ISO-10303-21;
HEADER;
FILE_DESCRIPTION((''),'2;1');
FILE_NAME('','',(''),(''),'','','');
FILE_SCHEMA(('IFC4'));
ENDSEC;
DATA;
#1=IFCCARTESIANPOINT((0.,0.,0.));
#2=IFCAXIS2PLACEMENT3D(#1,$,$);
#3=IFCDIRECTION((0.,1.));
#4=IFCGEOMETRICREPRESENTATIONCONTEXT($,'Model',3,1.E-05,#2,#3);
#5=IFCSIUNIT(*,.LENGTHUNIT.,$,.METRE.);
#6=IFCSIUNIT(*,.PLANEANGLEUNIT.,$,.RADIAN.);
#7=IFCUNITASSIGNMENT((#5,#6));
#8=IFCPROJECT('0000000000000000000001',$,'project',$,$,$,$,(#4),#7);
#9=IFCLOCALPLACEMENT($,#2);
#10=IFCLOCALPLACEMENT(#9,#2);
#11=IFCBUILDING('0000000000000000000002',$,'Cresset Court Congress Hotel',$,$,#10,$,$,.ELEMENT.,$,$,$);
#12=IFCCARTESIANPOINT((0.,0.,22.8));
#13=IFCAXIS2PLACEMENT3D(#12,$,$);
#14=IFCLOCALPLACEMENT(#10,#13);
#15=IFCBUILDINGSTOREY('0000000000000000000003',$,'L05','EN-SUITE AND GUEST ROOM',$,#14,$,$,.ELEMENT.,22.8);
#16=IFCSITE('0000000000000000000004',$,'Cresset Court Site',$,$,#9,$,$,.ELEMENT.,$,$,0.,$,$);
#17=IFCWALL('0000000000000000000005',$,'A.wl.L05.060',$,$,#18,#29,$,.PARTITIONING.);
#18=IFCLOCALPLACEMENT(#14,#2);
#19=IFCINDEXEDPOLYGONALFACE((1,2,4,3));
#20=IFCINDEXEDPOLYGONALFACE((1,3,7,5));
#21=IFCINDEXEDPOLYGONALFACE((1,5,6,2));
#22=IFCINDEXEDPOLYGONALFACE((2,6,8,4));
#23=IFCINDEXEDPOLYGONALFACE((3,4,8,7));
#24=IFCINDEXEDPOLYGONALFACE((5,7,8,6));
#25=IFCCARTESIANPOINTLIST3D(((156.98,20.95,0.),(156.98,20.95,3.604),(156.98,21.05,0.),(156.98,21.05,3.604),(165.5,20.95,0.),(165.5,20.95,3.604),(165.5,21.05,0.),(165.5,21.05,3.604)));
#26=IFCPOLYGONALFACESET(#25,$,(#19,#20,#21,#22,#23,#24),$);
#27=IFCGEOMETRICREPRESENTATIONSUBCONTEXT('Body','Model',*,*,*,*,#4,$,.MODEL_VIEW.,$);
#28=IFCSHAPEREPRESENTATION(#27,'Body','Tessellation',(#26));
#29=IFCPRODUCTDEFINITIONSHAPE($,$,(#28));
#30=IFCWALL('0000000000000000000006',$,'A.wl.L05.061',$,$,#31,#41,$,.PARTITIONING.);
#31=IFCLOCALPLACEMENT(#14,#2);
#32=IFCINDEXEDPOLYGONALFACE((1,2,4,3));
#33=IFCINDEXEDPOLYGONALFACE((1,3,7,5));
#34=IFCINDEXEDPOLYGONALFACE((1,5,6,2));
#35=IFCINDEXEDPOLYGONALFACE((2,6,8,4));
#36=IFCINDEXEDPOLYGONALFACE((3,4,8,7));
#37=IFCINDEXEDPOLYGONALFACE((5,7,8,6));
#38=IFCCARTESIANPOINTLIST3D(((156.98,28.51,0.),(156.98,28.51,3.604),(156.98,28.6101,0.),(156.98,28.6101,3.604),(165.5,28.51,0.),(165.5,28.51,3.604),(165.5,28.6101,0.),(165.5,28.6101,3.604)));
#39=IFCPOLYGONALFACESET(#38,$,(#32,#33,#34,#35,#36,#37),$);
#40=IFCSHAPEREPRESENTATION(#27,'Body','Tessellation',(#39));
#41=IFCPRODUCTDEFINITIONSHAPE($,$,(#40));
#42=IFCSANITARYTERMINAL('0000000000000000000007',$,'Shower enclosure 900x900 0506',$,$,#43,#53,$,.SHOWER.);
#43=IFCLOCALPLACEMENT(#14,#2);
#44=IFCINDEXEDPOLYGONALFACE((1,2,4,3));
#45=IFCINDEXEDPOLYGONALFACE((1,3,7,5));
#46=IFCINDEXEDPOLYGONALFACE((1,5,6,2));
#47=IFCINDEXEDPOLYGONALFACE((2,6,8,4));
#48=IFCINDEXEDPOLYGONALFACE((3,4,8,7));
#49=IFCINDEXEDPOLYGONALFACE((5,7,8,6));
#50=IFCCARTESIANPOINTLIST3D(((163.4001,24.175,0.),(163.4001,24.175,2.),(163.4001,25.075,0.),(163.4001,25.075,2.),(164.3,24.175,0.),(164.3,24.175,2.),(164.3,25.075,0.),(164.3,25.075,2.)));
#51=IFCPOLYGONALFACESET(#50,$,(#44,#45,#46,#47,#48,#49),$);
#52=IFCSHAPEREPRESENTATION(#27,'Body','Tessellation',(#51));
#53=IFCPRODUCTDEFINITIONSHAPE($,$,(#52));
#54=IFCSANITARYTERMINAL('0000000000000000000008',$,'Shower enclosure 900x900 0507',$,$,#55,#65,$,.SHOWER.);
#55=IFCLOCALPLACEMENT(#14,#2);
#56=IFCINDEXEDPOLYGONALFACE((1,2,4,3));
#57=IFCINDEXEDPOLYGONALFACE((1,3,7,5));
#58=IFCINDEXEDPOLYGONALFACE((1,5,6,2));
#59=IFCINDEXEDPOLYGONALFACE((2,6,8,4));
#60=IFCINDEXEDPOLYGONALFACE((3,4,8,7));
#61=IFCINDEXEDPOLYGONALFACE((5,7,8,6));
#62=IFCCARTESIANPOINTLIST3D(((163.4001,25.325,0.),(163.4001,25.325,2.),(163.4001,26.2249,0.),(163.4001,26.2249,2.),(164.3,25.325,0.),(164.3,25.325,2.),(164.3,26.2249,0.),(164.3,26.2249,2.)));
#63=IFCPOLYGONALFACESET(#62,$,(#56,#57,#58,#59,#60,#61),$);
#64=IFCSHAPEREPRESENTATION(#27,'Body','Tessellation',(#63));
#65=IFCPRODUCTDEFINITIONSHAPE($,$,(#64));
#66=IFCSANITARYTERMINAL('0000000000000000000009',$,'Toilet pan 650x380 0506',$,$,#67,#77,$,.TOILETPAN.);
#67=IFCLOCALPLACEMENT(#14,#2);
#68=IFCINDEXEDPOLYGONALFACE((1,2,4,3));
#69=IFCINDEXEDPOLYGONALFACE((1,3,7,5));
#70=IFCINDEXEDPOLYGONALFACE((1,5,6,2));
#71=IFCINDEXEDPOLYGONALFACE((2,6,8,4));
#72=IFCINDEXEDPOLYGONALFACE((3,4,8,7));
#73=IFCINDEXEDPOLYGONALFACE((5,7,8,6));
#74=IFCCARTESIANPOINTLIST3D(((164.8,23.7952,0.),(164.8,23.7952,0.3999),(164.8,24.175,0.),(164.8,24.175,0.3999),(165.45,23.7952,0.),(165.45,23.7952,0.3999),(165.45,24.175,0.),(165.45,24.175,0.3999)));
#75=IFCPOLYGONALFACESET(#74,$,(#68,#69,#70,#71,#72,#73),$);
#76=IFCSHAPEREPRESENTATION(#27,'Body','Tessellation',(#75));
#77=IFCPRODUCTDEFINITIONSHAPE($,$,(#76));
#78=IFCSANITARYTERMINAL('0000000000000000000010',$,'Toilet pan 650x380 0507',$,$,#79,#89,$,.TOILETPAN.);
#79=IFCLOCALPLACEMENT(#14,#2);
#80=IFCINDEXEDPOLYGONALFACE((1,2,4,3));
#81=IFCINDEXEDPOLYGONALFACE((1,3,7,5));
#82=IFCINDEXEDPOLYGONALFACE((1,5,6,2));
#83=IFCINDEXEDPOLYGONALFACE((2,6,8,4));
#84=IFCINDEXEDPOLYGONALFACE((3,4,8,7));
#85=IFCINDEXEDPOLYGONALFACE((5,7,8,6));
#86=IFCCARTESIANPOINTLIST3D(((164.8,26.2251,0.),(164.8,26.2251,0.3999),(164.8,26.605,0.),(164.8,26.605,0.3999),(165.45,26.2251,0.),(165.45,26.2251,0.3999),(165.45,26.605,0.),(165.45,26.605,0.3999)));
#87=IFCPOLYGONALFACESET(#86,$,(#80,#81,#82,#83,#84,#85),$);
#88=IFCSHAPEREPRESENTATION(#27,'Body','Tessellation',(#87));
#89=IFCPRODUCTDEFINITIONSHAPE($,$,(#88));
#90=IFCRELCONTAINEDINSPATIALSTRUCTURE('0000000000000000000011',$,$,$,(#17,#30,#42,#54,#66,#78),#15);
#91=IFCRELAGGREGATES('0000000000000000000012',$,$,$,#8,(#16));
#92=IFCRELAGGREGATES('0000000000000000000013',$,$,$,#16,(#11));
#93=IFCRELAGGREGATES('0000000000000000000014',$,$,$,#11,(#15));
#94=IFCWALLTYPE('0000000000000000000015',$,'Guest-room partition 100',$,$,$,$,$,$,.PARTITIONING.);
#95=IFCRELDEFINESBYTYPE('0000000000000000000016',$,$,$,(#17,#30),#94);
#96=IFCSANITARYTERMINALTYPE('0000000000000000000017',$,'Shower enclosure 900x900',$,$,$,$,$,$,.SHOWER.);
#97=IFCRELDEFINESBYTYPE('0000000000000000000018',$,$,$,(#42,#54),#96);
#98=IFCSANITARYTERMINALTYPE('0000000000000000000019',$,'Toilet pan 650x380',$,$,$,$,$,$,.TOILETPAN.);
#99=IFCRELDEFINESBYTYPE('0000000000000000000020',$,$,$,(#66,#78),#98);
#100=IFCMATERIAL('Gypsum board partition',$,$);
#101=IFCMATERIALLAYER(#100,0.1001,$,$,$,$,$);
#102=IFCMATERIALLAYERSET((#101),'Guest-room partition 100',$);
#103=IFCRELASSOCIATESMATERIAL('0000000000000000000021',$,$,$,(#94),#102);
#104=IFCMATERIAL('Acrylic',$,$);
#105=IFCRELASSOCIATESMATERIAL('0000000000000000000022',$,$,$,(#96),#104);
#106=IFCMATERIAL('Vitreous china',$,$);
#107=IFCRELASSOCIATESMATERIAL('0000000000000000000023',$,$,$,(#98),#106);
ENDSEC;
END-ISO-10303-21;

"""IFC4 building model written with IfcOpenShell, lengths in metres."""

from ifc_helpers import new_model, si_unit, direction, frame, frame_2d, origin, origin_2d, place, context, subcontext, project, spatial, rectangle, extrude, material, layer, layer_set, type_object, element, save


model = new_model("IFC4")

# Units and contexts
model_context = context("Model", 3, precision=1e-05, world=origin(), true_north=direction((0.0, 1.0)))
body_context = subcontext(model_context, "Body", "Model", "MODEL_VIEW")
ifc_project = project(units=[si_unit("LENGTHUNIT", "METRE"), si_unit("PLANEANGLEUNIT", "RADIAN")], contexts=[model_context])

# Site, building, storey
site_placement = place(None, origin())
site = spatial("IfcSite", under=ifc_project, at=site_placement, Name="Cresset Court Site", CompositionType="ELEMENT", RefElevation=0.0)
building_placement = place(site_placement, origin())
building = spatial("IfcBuilding", under=site, at=building_placement, Name="Cresset Court Congress Hotel", CompositionType="ELEMENT")
storey_placement = place(building_placement, frame((0.0, 0.0, 22.8)))
storey = spatial("IfcBuildingStorey", under=building, at=storey_placement, Name="L05", Description="EN-SUITE AND GUEST ROOM", CompositionType="ELEMENT", Elevation=22.8)

# Walls
ifc_material_1 = material(Name="Gypsum board partition")
ifc_layer_1 = layer(ifc_material_1, 0.1001)
ifc_layer_set_1 = layer_set([ifc_layer_1], Name="Guest-room partition 100")
wall_type_1 = type_object("IfcWallType", Name="Guest-room partition 100", PredefinedType="PARTITIONING", material=ifc_layer_set_1)
for number, where, z_axis, x_axis, name in (
    (1, (156.98, 21.0, 0.0), (0.0, 0.0, 1.0), (1.0, 0.0, 0.0), "A.wl.L05.060"),
    (2, (156.98, 28.5601, 0.0), (0.0, 0.0, 1.0), (1.0, 0.0, 0.0), "A.wl.L05.061"),
):
    element("IfcWall", number, at=place(storey_placement, frame(where, z_axis=z_axis, x_axis=x_axis)), inside=storey, type_object=wall_type_1, Name=name, PredefinedType="PARTITIONING", context=body_context, shape_type="SweptSolid", body=[
        extrude(rectangle(XDim=8.52, YDim=0.1001, at=frame_2d((4.26, 0.0))), origin(), (0.0, 0.0, 1.0), 3.604),
    ])

# Sanitary terminals
ifc_material_2 = material(Name="Acrylic")
sanitary_terminal_type_1 = type_object("IfcSanitaryTerminalType", Name="Shower enclosure 900x900", PredefinedType="SHOWER", material=ifc_material_2)
for number, where, z_axis, x_axis, name in (
    (3, (163.8501, 24.625, 0.0), (0.0, 0.0, 1.0), (1.0, 0.0, 0.0), "Shower enclosure 900x900 0506"),
    (4, (163.8501, 25.7749, 0.0), (0.0, 0.0, 1.0), (1.0, 0.0, 0.0), "Shower enclosure 900x900 0507"),
):
    element("IfcSanitaryTerminal", number, at=place(storey_placement, frame(where, z_axis=z_axis, x_axis=x_axis)), inside=storey, type_object=sanitary_terminal_type_1, Name=name, PredefinedType="SHOWER", context=body_context, shape_type="SweptSolid", body=[
        extrude(rectangle(XDim=0.8999, YDim=0.8999, at=origin_2d()), origin(), (0.0, 0.0, 1.0), 2.0),
    ])
ifc_material_3 = material(Name="Vitreous china")
sanitary_terminal_type_2 = type_object("IfcSanitaryTerminalType", Name="Toilet pan 650x380", PredefinedType="TOILETPAN", material=ifc_material_3)
for number, where, z_axis, x_axis, name in (
    (5, (165.125, 23.9851, 0.0), (0.0, 0.0, 1.0), (1.0, 0.0, 0.0), "Toilet pan 650x380 0506"),
    (6, (165.125, 26.415, 0.0), (0.0, 0.0, 1.0), (1.0, 0.0, 0.0), "Toilet pan 650x380 0507"),
):
    element("IfcSanitaryTerminal", number, at=place(storey_placement, frame(where, z_axis=z_axis, x_axis=x_axis)), inside=storey, type_object=sanitary_terminal_type_2, Name=name, PredefinedType="TOILETPAN", context=body_context, shape_type="SweptSolid", body=[
        extrude(rectangle(XDim=0.6499, YDim=0.3799, at=origin_2d()), origin(), (0.0, 0.0, 1.0), 0.3999),
    ])

save(model, "model.ifc")
